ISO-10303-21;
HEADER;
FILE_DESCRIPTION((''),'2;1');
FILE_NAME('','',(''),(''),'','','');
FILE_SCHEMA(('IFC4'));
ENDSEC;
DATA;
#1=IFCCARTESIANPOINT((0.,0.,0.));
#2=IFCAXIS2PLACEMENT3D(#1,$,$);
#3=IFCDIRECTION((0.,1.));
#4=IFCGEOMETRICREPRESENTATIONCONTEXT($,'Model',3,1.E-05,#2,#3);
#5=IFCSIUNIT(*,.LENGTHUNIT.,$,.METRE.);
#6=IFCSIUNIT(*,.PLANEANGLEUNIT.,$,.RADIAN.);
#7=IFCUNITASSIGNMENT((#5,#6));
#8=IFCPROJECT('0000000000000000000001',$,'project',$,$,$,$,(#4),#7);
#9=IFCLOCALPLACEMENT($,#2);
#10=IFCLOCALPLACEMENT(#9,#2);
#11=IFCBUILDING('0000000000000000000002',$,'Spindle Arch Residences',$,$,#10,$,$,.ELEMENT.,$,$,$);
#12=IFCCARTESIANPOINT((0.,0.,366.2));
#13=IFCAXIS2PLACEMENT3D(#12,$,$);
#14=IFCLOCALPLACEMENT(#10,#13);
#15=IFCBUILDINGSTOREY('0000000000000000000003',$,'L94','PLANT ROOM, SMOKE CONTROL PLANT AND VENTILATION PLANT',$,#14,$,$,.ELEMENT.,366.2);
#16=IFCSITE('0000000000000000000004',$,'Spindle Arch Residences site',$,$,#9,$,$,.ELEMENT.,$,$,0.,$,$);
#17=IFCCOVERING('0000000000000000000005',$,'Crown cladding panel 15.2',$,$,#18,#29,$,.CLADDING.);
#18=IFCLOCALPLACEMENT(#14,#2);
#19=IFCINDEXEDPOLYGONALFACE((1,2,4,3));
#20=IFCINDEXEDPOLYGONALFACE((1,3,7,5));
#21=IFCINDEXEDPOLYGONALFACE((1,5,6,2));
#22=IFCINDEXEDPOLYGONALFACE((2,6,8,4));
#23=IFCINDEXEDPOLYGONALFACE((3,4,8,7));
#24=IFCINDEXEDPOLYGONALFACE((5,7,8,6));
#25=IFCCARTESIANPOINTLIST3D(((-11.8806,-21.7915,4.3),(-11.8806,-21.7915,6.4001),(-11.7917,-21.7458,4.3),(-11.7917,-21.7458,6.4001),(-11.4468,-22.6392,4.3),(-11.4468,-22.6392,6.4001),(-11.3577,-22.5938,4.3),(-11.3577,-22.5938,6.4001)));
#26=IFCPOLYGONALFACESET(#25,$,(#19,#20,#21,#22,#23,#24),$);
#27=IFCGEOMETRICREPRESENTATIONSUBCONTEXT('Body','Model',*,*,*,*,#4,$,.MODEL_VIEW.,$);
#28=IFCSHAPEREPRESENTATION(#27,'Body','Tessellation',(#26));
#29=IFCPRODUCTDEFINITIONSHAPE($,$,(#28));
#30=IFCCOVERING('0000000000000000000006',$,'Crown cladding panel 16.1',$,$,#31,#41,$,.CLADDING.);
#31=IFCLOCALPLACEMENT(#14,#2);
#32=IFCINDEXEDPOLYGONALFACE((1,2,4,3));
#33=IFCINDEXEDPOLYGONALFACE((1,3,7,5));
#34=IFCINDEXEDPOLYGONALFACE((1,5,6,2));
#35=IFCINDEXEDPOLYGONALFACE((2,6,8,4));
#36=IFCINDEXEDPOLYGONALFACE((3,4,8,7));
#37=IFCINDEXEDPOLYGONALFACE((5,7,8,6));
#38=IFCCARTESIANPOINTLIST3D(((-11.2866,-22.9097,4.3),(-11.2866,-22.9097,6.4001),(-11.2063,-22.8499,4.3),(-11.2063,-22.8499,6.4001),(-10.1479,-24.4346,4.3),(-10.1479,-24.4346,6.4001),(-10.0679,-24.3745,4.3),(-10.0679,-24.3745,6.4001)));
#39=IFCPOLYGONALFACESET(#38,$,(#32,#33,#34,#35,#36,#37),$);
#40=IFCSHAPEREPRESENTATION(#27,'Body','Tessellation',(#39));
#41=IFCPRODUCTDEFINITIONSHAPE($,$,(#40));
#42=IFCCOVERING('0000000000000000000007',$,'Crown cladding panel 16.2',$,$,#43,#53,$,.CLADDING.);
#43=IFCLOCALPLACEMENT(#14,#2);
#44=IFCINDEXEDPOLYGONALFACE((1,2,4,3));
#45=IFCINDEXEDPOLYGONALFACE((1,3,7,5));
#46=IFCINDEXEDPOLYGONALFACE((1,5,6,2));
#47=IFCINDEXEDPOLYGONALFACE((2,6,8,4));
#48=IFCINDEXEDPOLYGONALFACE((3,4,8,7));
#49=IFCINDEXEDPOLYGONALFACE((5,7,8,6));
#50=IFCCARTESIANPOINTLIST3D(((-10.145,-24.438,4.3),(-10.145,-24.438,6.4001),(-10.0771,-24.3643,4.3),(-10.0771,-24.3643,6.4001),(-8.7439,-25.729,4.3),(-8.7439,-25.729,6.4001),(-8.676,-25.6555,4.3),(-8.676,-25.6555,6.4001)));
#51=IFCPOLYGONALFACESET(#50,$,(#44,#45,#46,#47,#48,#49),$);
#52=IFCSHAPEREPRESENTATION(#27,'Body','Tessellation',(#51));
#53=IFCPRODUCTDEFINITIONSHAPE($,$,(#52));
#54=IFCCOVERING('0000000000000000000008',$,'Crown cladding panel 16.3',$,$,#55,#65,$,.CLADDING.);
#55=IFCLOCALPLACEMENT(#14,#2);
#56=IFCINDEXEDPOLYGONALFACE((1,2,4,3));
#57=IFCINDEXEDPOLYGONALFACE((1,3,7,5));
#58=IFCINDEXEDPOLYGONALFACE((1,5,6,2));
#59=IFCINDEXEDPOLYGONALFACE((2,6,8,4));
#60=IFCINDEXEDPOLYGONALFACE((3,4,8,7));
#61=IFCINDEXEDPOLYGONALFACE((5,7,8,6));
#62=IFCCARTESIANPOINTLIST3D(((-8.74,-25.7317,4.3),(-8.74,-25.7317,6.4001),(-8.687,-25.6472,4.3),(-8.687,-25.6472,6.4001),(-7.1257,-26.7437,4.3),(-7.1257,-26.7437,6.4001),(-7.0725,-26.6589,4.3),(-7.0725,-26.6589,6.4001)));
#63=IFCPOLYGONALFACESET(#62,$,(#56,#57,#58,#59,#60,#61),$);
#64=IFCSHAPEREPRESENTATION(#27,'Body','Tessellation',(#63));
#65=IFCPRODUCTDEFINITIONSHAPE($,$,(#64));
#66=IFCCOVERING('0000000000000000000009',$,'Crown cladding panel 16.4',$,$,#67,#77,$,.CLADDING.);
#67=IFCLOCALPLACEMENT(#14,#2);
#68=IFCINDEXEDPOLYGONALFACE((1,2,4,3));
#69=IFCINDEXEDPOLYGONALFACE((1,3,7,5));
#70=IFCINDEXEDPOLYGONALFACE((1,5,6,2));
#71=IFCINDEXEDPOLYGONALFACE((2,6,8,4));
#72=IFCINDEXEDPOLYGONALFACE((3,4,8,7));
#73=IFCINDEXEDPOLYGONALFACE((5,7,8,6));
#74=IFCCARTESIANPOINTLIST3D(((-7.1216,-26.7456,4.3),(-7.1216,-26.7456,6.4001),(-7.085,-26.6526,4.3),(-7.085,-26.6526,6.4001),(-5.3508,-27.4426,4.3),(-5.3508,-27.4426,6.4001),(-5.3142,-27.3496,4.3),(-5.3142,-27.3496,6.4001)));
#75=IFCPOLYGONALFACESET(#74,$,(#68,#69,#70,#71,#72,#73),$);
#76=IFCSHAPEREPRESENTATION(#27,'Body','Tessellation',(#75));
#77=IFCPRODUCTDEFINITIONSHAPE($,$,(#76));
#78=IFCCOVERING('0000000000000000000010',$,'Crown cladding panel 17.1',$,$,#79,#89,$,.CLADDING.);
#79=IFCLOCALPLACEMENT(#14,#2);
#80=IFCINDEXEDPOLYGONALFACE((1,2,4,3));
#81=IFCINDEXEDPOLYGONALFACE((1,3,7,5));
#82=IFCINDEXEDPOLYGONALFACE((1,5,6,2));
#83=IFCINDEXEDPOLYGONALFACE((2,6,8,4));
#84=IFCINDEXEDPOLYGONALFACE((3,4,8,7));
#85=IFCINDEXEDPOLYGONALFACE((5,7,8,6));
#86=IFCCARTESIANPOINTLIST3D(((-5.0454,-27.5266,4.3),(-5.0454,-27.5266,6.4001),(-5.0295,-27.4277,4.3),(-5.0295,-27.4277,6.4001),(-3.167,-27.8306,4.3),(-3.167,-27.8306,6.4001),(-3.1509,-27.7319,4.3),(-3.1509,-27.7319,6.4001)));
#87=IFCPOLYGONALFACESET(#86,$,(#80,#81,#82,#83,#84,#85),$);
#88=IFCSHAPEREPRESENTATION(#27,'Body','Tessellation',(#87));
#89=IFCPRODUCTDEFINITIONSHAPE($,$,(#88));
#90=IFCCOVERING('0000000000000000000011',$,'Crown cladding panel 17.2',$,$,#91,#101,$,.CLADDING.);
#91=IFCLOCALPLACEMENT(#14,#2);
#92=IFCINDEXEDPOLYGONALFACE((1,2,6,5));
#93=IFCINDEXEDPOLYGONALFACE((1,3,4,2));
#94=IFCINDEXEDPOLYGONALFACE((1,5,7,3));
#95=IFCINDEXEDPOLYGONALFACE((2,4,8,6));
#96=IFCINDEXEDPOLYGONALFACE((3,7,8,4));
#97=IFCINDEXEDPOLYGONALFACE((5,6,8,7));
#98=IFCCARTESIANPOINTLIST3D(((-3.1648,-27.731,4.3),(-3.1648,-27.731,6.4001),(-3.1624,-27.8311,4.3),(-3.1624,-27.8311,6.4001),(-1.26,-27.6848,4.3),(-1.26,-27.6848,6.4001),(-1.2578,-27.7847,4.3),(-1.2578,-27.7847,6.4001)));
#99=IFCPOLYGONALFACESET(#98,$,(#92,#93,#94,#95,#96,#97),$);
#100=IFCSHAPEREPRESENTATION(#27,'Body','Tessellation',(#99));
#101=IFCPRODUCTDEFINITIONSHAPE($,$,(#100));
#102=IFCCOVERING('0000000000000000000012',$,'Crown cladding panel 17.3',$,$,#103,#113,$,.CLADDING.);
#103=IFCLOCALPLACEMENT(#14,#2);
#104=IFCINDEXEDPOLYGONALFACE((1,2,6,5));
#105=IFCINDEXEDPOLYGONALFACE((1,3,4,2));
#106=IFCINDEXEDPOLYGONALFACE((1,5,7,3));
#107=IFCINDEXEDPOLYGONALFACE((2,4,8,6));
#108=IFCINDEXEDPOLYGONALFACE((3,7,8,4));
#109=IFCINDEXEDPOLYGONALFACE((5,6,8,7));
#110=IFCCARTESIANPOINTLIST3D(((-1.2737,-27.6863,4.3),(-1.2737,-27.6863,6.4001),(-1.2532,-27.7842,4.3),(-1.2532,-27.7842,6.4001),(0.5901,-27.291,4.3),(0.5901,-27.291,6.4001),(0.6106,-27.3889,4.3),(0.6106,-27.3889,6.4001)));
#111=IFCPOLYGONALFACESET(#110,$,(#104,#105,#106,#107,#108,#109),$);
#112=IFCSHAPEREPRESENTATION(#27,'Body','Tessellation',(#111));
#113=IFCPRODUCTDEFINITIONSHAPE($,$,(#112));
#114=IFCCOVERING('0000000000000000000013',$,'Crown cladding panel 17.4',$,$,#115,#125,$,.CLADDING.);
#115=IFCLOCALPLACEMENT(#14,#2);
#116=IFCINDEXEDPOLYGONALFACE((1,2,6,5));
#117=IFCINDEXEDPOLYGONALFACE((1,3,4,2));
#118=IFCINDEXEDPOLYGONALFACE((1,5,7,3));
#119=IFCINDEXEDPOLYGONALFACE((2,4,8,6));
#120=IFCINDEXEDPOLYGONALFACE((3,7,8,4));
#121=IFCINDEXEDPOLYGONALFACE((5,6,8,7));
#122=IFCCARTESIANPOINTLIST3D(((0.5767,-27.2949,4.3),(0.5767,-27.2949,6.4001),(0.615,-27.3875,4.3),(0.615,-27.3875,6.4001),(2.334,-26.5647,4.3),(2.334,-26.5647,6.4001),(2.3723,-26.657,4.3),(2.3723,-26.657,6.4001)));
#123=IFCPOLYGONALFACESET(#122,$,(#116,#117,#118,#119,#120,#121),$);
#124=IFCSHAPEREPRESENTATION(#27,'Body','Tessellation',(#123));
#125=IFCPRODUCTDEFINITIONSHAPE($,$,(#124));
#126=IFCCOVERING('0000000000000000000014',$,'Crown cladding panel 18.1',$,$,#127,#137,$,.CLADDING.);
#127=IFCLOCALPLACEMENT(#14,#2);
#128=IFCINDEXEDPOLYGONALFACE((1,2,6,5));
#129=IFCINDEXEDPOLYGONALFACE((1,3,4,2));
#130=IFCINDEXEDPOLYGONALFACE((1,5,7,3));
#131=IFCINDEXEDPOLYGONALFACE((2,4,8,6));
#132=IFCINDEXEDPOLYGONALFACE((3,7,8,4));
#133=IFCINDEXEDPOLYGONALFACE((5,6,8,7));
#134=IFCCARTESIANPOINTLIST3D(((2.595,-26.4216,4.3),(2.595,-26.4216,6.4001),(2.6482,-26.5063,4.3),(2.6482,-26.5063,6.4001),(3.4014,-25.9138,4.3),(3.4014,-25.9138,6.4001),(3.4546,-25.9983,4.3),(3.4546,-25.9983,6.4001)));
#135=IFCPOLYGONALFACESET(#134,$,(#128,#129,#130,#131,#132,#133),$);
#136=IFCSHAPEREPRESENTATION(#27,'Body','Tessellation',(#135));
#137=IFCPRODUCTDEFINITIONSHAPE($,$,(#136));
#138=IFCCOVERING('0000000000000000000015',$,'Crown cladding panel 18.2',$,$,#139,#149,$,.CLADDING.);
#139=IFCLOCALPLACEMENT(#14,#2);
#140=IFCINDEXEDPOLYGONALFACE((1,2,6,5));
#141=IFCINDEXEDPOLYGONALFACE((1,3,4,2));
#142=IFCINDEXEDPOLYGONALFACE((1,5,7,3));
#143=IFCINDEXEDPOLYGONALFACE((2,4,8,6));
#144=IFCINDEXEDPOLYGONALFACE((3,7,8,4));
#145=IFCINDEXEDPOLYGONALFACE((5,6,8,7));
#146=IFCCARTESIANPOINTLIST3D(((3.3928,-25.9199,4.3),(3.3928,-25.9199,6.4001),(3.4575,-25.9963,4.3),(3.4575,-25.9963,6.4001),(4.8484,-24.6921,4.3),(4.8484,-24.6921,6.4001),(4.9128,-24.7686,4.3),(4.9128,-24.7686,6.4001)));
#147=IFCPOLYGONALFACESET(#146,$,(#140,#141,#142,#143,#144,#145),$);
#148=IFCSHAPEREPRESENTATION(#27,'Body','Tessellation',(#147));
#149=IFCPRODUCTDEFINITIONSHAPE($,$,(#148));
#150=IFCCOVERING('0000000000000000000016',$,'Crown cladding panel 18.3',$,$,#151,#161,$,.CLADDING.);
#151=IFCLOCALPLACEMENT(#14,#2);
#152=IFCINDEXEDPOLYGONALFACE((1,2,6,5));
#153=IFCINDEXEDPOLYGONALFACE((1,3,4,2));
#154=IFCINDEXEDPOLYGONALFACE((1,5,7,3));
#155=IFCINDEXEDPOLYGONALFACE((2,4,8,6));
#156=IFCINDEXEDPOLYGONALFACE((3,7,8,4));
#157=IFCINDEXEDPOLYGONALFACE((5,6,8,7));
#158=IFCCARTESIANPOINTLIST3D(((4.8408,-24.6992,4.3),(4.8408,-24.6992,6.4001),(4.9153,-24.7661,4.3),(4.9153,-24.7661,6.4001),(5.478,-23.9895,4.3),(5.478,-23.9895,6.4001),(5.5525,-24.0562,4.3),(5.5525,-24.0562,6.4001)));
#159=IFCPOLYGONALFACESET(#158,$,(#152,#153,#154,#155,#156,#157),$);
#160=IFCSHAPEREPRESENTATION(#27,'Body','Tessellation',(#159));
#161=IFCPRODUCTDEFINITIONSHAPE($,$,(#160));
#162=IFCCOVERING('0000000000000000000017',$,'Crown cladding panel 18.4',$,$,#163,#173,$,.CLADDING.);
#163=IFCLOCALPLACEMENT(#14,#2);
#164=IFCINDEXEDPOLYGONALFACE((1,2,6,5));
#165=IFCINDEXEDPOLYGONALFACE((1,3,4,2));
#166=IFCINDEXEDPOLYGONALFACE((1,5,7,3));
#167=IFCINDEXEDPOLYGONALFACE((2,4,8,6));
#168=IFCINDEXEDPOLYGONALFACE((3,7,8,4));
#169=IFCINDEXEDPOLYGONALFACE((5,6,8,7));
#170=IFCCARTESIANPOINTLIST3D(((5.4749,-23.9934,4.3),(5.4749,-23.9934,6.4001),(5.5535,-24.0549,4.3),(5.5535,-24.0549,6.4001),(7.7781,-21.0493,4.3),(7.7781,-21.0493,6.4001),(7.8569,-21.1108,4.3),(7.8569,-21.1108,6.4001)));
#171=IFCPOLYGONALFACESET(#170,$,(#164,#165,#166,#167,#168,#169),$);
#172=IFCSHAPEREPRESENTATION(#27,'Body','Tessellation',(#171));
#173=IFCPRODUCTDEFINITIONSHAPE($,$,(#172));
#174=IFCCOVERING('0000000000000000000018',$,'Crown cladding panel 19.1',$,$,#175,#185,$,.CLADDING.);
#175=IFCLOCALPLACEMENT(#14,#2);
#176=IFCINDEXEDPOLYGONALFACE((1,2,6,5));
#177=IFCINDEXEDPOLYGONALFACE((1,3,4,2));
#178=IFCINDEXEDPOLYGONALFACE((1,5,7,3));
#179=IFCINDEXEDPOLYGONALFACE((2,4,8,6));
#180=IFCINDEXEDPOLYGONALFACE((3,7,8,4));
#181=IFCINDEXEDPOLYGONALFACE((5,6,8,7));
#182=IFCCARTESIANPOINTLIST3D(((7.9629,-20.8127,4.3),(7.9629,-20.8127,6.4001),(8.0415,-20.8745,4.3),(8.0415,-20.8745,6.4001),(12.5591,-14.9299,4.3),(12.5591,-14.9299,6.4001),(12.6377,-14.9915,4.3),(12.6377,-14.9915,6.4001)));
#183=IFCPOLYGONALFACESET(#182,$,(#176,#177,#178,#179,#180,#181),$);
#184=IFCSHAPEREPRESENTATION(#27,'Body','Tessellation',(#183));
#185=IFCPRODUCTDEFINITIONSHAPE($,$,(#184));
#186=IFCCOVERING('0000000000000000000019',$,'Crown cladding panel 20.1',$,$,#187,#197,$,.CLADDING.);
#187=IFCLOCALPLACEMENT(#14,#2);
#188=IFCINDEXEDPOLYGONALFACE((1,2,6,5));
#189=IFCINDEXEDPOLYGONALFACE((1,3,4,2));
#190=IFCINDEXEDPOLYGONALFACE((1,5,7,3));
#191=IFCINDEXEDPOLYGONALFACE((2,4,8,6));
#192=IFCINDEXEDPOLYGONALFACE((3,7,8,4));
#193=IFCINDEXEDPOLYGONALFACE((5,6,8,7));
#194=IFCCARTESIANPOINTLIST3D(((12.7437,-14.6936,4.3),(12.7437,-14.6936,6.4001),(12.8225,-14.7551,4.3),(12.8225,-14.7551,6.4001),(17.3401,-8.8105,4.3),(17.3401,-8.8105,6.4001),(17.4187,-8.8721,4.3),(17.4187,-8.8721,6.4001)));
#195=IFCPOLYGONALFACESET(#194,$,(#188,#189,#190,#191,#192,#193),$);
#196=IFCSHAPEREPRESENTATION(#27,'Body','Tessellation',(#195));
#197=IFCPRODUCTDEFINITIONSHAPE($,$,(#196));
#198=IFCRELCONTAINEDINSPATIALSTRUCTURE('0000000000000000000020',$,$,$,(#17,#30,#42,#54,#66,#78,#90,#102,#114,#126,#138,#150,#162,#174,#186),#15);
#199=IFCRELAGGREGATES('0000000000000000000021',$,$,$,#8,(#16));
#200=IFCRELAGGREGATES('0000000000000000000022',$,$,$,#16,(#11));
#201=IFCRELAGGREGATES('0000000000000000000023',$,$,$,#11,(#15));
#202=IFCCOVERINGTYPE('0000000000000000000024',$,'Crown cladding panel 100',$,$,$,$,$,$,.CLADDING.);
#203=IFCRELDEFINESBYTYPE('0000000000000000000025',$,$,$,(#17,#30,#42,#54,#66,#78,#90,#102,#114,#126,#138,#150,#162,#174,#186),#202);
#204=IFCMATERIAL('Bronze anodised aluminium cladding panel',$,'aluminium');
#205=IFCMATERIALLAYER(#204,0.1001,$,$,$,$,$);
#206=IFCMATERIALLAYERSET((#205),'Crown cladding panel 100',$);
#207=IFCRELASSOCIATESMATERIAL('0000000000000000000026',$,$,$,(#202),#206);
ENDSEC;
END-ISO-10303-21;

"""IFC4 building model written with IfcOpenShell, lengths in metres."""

from ifc_helpers import new_model, si_unit, direction, frame, origin, place, context, subcontext, project, spatial, polyline, outline, extrude, material, layer, layer_set, type_object, element, save


model = new_model("IFC4")

# Units and contexts
model_context = context("Model", 3, precision=1e-05, world=origin(), true_north=direction((0.0, 1.0)))
body_context = subcontext(model_context, "Body", "Model", "MODEL_VIEW")
ifc_project = project(units=[si_unit("LENGTHUNIT", "METRE"), si_unit("PLANEANGLEUNIT", "RADIAN")], contexts=[model_context])

# Site, building, storey
site_placement = place(None, origin())
site = spatial("IfcSite", under=ifc_project, at=site_placement, Name="Spindle Arch Residences site", CompositionType="ELEMENT", RefElevation=0.0)
building_placement = place(site_placement, origin())
building = spatial("IfcBuilding", under=site, at=building_placement, Name="Spindle Arch Residences", CompositionType="ELEMENT")
storey_placement = place(building_placement, frame((0.0, 0.0, 366.2)))
storey = spatial("IfcBuildingStorey", under=building, at=storey_placement, Name="L94", Description="PLANT ROOM, SMOKE CONTROL PLANT AND VENTILATION PLANT", CompositionType="ELEMENT", Elevation=366.2)

# Coverings
ifc_material_1 = material(Name="Bronze anodised aluminium cladding panel", Category="aluminium")
ifc_layer_1 = layer(ifc_material_1, 0.1001)
ifc_layer_set_1 = layer_set([ifc_layer_1], Name="Crown cladding panel 100")
covering_type = type_object("IfcCoveringType", Name="Crown cladding panel 100", PredefinedType="CLADDING", material=ifc_layer_set_1)
covering_1_placement = place(storey_placement, frame((0.0, 0.0, 4.3)))
element("IfcCovering", 1, at=covering_1_placement, inside=storey, type_object=covering_type, Name="Crown cladding panel 15.2", PredefinedType="CLADDING", context=body_context, shape_type="SweptSolid", body=[
    extrude(outline(polyline([(-11.3577, -22.5938), (-11.4468, -22.6392), (-11.8806, -21.7915), (-11.7917, -21.7458), (-11.3577, -22.5938)])), origin(), (0.0, 0.0, 1.0), 2.1001),
])
covering_2_placement = place(storey_placement, frame((0.0, 0.0, 4.3)))
element("IfcCovering", 2, at=covering_2_placement, inside=storey, type_object=covering_type, Name="Crown cladding panel 16.1", PredefinedType="CLADDING", context=body_context, shape_type="SweptSolid", body=[
    extrude(outline(polyline([(-10.0679, -24.3745), (-10.1479, -24.4346), (-11.2866, -22.9097), (-11.2063, -22.8499), (-10.0679, -24.3745)])), origin(), (0.0, 0.0, 1.0), 2.1001),
])
covering_3_placement = place(storey_placement, frame((0.0, 0.0, 4.3)))
element("IfcCovering", 3, at=covering_3_placement, inside=storey, type_object=covering_type, Name="Crown cladding panel 16.2", PredefinedType="CLADDING", context=body_context, shape_type="SweptSolid", body=[
    extrude(outline(polyline([(-8.676, -25.6555), (-8.7439, -25.729), (-10.145, -24.438), (-10.0771, -24.3643), (-8.676, -25.6555)])), origin(), (0.0, 0.0, 1.0), 2.1001),
])
covering_4_placement = place(storey_placement, frame((0.0, 0.0, 4.3)))
element("IfcCovering", 4, at=covering_4_placement, inside=storey, type_object=covering_type, Name="Crown cladding panel 16.3", PredefinedType="CLADDING", context=body_context, shape_type="SweptSolid", body=[
    extrude(outline(polyline([(-7.0725, -26.6589), (-7.1257, -26.7437), (-8.74, -25.7317), (-8.687, -25.6472), (-7.0725, -26.6589)])), origin(), (0.0, 0.0, 1.0), 2.1001),
])
covering_5_placement = place(storey_placement, frame((0.0, 0.0, 4.3)))
element("IfcCovering", 5, at=covering_5_placement, inside=storey, type_object=covering_type, Name="Crown cladding panel 16.4", PredefinedType="CLADDING", context=body_context, shape_type="SweptSolid", body=[
    extrude(outline(polyline([(-5.3142, -27.3496), (-5.3508, -27.4426), (-7.1216, -26.7456), (-7.085, -26.6526), (-5.3142, -27.3496)])), origin(), (0.0, 0.0, 1.0), 2.1001),
])
covering_6_placement = place(storey_placement, frame((0.0, 0.0, 4.3)))
element("IfcCovering", 6, at=covering_6_placement, inside=storey, type_object=covering_type, Name="Crown cladding panel 17.1", PredefinedType="CLADDING", context=body_context, shape_type="SweptSolid", body=[
    extrude(outline(polyline([(-3.1509, -27.7319), (-3.167, -27.8306), (-5.0454, -27.5266), (-5.0295, -27.4277), (-3.1509, -27.7319)])), origin(), (0.0, 0.0, 1.0), 2.1001),
])
covering_7_placement = place(storey_placement, frame((0.0, 0.0, 4.3)))
element("IfcCovering", 7, at=covering_7_placement, inside=storey, type_object=covering_type, Name="Crown cladding panel 17.2", PredefinedType="CLADDING", context=body_context, shape_type="SweptSolid", body=[
    extrude(outline(polyline([(-1.26, -27.6848), (-1.2578, -27.7847), (-3.1624, -27.8311), (-3.1648, -27.731), (-1.26, -27.6848)])), origin(), (0.0, 0.0, 1.0), 2.1001),
])
covering_8_placement = place(storey_placement, frame((0.0, 0.0, 4.3)))
element("IfcCovering", 8, at=covering_8_placement, inside=storey, type_object=covering_type, Name="Crown cladding panel 17.3", PredefinedType="CLADDING", context=body_context, shape_type="SweptSolid", body=[
    extrude(outline(polyline([(0.5901, -27.291), (0.6106, -27.3889), (-1.2532, -27.7842), (-1.2737, -27.6863), (0.5901, -27.291)])), origin(), (0.0, 0.0, 1.0), 2.1001),
])
covering_9_placement = place(storey_placement, frame((0.0, 0.0, 4.3)))
element("IfcCovering", 9, at=covering_9_placement, inside=storey, type_object=covering_type, Name="Crown cladding panel 17.4", PredefinedType="CLADDING", context=body_context, shape_type="SweptSolid", body=[
    extrude(outline(polyline([(2.334, -26.5647), (2.3723, -26.657), (0.615, -27.3875), (0.5767, -27.2949), (2.334, -26.5647)])), origin(), (0.0, 0.0, 1.0), 2.1001),
])
covering_10_placement = place(storey_placement, frame((0.0, 0.0, 4.3)))
element("IfcCovering", 10, at=covering_10_placement, inside=storey, type_object=covering_type, Name="Crown cladding panel 18.1", PredefinedType="CLADDING", context=body_context, shape_type="SweptSolid", body=[
    extrude(outline(polyline([(3.4014, -25.9138), (3.4546, -25.9983), (2.6482, -26.5063), (2.595, -26.4216), (3.4014, -25.9138)])), origin(), (0.0, 0.0, 1.0), 2.1001),
])
covering_11_placement = place(storey_placement, frame((0.0, 0.0, 4.3)))
element("IfcCovering", 11, at=covering_11_placement, inside=storey, type_object=covering_type, Name="Crown cladding panel 18.2", PredefinedType="CLADDING", context=body_context, shape_type="SweptSolid", body=[
    extrude(outline(polyline([(4.8484, -24.6921), (4.9128, -24.7686), (3.4575, -25.9963), (3.3928, -25.9199), (4.8484, -24.6921)])), origin(), (0.0, 0.0, 1.0), 2.1001),
])
covering_12_placement = place(storey_placement, frame((0.0, 0.0, 4.3)))
element("IfcCovering", 12, at=covering_12_placement, inside=storey, type_object=covering_type, Name="Crown cladding panel 18.3", PredefinedType="CLADDING", context=body_context, shape_type="SweptSolid", body=[
    extrude(outline(polyline([(5.478, -23.9895), (5.5525, -24.0562), (4.9153, -24.7661), (4.8408, -24.6992), (5.478, -23.9895)])), origin(), (0.0, 0.0, 1.0), 2.1001),
])
covering_13_placement = place(storey_placement, frame((0.0, 0.0, 4.3)))
element("IfcCovering", 13, at=covering_13_placement, inside=storey, type_object=covering_type, Name="Crown cladding panel 18.4", PredefinedType="CLADDING", context=body_context, shape_type="SweptSolid", body=[
    extrude(outline(polyline([(7.7781, -21.0493), (7.8569, -21.1108), (5.5535, -24.0549), (5.4749, -23.9934), (7.7781, -21.0493)])), origin(), (0.0, 0.0, 1.0), 2.1001),
])
covering_14_placement = place(storey_placement, frame((0.0, 0.0, 4.3)))
element("IfcCovering", 14, at=covering_14_placement, inside=storey, type_object=covering_type, Name="Crown cladding panel 19.1", PredefinedType="CLADDING", context=body_context, shape_type="SweptSolid", body=[
    extrude(outline(polyline([(12.5591, -14.9299), (12.6377, -14.9915), (8.0415, -20.8745), (7.9629, -20.8127), (12.5591, -14.9299)])), origin(), (0.0, 0.0, 1.0), 2.1001),
])
covering_15_placement = place(storey_placement, frame((0.0, 0.0, 4.3)))
element("IfcCovering", 15, at=covering_15_placement, inside=storey, type_object=covering_type, Name="Crown cladding panel 20.1", PredefinedType="CLADDING", context=body_context, shape_type="SweptSolid", body=[
    extrude(outline(polyline([(17.3401, -8.8105), (17.4187, -8.8721), (12.8225, -14.7551), (12.7437, -14.6936), (17.3401, -8.8105)])), origin(), (0.0, 0.0, 1.0), 2.1001),
])

save(model, "model.ifc")
